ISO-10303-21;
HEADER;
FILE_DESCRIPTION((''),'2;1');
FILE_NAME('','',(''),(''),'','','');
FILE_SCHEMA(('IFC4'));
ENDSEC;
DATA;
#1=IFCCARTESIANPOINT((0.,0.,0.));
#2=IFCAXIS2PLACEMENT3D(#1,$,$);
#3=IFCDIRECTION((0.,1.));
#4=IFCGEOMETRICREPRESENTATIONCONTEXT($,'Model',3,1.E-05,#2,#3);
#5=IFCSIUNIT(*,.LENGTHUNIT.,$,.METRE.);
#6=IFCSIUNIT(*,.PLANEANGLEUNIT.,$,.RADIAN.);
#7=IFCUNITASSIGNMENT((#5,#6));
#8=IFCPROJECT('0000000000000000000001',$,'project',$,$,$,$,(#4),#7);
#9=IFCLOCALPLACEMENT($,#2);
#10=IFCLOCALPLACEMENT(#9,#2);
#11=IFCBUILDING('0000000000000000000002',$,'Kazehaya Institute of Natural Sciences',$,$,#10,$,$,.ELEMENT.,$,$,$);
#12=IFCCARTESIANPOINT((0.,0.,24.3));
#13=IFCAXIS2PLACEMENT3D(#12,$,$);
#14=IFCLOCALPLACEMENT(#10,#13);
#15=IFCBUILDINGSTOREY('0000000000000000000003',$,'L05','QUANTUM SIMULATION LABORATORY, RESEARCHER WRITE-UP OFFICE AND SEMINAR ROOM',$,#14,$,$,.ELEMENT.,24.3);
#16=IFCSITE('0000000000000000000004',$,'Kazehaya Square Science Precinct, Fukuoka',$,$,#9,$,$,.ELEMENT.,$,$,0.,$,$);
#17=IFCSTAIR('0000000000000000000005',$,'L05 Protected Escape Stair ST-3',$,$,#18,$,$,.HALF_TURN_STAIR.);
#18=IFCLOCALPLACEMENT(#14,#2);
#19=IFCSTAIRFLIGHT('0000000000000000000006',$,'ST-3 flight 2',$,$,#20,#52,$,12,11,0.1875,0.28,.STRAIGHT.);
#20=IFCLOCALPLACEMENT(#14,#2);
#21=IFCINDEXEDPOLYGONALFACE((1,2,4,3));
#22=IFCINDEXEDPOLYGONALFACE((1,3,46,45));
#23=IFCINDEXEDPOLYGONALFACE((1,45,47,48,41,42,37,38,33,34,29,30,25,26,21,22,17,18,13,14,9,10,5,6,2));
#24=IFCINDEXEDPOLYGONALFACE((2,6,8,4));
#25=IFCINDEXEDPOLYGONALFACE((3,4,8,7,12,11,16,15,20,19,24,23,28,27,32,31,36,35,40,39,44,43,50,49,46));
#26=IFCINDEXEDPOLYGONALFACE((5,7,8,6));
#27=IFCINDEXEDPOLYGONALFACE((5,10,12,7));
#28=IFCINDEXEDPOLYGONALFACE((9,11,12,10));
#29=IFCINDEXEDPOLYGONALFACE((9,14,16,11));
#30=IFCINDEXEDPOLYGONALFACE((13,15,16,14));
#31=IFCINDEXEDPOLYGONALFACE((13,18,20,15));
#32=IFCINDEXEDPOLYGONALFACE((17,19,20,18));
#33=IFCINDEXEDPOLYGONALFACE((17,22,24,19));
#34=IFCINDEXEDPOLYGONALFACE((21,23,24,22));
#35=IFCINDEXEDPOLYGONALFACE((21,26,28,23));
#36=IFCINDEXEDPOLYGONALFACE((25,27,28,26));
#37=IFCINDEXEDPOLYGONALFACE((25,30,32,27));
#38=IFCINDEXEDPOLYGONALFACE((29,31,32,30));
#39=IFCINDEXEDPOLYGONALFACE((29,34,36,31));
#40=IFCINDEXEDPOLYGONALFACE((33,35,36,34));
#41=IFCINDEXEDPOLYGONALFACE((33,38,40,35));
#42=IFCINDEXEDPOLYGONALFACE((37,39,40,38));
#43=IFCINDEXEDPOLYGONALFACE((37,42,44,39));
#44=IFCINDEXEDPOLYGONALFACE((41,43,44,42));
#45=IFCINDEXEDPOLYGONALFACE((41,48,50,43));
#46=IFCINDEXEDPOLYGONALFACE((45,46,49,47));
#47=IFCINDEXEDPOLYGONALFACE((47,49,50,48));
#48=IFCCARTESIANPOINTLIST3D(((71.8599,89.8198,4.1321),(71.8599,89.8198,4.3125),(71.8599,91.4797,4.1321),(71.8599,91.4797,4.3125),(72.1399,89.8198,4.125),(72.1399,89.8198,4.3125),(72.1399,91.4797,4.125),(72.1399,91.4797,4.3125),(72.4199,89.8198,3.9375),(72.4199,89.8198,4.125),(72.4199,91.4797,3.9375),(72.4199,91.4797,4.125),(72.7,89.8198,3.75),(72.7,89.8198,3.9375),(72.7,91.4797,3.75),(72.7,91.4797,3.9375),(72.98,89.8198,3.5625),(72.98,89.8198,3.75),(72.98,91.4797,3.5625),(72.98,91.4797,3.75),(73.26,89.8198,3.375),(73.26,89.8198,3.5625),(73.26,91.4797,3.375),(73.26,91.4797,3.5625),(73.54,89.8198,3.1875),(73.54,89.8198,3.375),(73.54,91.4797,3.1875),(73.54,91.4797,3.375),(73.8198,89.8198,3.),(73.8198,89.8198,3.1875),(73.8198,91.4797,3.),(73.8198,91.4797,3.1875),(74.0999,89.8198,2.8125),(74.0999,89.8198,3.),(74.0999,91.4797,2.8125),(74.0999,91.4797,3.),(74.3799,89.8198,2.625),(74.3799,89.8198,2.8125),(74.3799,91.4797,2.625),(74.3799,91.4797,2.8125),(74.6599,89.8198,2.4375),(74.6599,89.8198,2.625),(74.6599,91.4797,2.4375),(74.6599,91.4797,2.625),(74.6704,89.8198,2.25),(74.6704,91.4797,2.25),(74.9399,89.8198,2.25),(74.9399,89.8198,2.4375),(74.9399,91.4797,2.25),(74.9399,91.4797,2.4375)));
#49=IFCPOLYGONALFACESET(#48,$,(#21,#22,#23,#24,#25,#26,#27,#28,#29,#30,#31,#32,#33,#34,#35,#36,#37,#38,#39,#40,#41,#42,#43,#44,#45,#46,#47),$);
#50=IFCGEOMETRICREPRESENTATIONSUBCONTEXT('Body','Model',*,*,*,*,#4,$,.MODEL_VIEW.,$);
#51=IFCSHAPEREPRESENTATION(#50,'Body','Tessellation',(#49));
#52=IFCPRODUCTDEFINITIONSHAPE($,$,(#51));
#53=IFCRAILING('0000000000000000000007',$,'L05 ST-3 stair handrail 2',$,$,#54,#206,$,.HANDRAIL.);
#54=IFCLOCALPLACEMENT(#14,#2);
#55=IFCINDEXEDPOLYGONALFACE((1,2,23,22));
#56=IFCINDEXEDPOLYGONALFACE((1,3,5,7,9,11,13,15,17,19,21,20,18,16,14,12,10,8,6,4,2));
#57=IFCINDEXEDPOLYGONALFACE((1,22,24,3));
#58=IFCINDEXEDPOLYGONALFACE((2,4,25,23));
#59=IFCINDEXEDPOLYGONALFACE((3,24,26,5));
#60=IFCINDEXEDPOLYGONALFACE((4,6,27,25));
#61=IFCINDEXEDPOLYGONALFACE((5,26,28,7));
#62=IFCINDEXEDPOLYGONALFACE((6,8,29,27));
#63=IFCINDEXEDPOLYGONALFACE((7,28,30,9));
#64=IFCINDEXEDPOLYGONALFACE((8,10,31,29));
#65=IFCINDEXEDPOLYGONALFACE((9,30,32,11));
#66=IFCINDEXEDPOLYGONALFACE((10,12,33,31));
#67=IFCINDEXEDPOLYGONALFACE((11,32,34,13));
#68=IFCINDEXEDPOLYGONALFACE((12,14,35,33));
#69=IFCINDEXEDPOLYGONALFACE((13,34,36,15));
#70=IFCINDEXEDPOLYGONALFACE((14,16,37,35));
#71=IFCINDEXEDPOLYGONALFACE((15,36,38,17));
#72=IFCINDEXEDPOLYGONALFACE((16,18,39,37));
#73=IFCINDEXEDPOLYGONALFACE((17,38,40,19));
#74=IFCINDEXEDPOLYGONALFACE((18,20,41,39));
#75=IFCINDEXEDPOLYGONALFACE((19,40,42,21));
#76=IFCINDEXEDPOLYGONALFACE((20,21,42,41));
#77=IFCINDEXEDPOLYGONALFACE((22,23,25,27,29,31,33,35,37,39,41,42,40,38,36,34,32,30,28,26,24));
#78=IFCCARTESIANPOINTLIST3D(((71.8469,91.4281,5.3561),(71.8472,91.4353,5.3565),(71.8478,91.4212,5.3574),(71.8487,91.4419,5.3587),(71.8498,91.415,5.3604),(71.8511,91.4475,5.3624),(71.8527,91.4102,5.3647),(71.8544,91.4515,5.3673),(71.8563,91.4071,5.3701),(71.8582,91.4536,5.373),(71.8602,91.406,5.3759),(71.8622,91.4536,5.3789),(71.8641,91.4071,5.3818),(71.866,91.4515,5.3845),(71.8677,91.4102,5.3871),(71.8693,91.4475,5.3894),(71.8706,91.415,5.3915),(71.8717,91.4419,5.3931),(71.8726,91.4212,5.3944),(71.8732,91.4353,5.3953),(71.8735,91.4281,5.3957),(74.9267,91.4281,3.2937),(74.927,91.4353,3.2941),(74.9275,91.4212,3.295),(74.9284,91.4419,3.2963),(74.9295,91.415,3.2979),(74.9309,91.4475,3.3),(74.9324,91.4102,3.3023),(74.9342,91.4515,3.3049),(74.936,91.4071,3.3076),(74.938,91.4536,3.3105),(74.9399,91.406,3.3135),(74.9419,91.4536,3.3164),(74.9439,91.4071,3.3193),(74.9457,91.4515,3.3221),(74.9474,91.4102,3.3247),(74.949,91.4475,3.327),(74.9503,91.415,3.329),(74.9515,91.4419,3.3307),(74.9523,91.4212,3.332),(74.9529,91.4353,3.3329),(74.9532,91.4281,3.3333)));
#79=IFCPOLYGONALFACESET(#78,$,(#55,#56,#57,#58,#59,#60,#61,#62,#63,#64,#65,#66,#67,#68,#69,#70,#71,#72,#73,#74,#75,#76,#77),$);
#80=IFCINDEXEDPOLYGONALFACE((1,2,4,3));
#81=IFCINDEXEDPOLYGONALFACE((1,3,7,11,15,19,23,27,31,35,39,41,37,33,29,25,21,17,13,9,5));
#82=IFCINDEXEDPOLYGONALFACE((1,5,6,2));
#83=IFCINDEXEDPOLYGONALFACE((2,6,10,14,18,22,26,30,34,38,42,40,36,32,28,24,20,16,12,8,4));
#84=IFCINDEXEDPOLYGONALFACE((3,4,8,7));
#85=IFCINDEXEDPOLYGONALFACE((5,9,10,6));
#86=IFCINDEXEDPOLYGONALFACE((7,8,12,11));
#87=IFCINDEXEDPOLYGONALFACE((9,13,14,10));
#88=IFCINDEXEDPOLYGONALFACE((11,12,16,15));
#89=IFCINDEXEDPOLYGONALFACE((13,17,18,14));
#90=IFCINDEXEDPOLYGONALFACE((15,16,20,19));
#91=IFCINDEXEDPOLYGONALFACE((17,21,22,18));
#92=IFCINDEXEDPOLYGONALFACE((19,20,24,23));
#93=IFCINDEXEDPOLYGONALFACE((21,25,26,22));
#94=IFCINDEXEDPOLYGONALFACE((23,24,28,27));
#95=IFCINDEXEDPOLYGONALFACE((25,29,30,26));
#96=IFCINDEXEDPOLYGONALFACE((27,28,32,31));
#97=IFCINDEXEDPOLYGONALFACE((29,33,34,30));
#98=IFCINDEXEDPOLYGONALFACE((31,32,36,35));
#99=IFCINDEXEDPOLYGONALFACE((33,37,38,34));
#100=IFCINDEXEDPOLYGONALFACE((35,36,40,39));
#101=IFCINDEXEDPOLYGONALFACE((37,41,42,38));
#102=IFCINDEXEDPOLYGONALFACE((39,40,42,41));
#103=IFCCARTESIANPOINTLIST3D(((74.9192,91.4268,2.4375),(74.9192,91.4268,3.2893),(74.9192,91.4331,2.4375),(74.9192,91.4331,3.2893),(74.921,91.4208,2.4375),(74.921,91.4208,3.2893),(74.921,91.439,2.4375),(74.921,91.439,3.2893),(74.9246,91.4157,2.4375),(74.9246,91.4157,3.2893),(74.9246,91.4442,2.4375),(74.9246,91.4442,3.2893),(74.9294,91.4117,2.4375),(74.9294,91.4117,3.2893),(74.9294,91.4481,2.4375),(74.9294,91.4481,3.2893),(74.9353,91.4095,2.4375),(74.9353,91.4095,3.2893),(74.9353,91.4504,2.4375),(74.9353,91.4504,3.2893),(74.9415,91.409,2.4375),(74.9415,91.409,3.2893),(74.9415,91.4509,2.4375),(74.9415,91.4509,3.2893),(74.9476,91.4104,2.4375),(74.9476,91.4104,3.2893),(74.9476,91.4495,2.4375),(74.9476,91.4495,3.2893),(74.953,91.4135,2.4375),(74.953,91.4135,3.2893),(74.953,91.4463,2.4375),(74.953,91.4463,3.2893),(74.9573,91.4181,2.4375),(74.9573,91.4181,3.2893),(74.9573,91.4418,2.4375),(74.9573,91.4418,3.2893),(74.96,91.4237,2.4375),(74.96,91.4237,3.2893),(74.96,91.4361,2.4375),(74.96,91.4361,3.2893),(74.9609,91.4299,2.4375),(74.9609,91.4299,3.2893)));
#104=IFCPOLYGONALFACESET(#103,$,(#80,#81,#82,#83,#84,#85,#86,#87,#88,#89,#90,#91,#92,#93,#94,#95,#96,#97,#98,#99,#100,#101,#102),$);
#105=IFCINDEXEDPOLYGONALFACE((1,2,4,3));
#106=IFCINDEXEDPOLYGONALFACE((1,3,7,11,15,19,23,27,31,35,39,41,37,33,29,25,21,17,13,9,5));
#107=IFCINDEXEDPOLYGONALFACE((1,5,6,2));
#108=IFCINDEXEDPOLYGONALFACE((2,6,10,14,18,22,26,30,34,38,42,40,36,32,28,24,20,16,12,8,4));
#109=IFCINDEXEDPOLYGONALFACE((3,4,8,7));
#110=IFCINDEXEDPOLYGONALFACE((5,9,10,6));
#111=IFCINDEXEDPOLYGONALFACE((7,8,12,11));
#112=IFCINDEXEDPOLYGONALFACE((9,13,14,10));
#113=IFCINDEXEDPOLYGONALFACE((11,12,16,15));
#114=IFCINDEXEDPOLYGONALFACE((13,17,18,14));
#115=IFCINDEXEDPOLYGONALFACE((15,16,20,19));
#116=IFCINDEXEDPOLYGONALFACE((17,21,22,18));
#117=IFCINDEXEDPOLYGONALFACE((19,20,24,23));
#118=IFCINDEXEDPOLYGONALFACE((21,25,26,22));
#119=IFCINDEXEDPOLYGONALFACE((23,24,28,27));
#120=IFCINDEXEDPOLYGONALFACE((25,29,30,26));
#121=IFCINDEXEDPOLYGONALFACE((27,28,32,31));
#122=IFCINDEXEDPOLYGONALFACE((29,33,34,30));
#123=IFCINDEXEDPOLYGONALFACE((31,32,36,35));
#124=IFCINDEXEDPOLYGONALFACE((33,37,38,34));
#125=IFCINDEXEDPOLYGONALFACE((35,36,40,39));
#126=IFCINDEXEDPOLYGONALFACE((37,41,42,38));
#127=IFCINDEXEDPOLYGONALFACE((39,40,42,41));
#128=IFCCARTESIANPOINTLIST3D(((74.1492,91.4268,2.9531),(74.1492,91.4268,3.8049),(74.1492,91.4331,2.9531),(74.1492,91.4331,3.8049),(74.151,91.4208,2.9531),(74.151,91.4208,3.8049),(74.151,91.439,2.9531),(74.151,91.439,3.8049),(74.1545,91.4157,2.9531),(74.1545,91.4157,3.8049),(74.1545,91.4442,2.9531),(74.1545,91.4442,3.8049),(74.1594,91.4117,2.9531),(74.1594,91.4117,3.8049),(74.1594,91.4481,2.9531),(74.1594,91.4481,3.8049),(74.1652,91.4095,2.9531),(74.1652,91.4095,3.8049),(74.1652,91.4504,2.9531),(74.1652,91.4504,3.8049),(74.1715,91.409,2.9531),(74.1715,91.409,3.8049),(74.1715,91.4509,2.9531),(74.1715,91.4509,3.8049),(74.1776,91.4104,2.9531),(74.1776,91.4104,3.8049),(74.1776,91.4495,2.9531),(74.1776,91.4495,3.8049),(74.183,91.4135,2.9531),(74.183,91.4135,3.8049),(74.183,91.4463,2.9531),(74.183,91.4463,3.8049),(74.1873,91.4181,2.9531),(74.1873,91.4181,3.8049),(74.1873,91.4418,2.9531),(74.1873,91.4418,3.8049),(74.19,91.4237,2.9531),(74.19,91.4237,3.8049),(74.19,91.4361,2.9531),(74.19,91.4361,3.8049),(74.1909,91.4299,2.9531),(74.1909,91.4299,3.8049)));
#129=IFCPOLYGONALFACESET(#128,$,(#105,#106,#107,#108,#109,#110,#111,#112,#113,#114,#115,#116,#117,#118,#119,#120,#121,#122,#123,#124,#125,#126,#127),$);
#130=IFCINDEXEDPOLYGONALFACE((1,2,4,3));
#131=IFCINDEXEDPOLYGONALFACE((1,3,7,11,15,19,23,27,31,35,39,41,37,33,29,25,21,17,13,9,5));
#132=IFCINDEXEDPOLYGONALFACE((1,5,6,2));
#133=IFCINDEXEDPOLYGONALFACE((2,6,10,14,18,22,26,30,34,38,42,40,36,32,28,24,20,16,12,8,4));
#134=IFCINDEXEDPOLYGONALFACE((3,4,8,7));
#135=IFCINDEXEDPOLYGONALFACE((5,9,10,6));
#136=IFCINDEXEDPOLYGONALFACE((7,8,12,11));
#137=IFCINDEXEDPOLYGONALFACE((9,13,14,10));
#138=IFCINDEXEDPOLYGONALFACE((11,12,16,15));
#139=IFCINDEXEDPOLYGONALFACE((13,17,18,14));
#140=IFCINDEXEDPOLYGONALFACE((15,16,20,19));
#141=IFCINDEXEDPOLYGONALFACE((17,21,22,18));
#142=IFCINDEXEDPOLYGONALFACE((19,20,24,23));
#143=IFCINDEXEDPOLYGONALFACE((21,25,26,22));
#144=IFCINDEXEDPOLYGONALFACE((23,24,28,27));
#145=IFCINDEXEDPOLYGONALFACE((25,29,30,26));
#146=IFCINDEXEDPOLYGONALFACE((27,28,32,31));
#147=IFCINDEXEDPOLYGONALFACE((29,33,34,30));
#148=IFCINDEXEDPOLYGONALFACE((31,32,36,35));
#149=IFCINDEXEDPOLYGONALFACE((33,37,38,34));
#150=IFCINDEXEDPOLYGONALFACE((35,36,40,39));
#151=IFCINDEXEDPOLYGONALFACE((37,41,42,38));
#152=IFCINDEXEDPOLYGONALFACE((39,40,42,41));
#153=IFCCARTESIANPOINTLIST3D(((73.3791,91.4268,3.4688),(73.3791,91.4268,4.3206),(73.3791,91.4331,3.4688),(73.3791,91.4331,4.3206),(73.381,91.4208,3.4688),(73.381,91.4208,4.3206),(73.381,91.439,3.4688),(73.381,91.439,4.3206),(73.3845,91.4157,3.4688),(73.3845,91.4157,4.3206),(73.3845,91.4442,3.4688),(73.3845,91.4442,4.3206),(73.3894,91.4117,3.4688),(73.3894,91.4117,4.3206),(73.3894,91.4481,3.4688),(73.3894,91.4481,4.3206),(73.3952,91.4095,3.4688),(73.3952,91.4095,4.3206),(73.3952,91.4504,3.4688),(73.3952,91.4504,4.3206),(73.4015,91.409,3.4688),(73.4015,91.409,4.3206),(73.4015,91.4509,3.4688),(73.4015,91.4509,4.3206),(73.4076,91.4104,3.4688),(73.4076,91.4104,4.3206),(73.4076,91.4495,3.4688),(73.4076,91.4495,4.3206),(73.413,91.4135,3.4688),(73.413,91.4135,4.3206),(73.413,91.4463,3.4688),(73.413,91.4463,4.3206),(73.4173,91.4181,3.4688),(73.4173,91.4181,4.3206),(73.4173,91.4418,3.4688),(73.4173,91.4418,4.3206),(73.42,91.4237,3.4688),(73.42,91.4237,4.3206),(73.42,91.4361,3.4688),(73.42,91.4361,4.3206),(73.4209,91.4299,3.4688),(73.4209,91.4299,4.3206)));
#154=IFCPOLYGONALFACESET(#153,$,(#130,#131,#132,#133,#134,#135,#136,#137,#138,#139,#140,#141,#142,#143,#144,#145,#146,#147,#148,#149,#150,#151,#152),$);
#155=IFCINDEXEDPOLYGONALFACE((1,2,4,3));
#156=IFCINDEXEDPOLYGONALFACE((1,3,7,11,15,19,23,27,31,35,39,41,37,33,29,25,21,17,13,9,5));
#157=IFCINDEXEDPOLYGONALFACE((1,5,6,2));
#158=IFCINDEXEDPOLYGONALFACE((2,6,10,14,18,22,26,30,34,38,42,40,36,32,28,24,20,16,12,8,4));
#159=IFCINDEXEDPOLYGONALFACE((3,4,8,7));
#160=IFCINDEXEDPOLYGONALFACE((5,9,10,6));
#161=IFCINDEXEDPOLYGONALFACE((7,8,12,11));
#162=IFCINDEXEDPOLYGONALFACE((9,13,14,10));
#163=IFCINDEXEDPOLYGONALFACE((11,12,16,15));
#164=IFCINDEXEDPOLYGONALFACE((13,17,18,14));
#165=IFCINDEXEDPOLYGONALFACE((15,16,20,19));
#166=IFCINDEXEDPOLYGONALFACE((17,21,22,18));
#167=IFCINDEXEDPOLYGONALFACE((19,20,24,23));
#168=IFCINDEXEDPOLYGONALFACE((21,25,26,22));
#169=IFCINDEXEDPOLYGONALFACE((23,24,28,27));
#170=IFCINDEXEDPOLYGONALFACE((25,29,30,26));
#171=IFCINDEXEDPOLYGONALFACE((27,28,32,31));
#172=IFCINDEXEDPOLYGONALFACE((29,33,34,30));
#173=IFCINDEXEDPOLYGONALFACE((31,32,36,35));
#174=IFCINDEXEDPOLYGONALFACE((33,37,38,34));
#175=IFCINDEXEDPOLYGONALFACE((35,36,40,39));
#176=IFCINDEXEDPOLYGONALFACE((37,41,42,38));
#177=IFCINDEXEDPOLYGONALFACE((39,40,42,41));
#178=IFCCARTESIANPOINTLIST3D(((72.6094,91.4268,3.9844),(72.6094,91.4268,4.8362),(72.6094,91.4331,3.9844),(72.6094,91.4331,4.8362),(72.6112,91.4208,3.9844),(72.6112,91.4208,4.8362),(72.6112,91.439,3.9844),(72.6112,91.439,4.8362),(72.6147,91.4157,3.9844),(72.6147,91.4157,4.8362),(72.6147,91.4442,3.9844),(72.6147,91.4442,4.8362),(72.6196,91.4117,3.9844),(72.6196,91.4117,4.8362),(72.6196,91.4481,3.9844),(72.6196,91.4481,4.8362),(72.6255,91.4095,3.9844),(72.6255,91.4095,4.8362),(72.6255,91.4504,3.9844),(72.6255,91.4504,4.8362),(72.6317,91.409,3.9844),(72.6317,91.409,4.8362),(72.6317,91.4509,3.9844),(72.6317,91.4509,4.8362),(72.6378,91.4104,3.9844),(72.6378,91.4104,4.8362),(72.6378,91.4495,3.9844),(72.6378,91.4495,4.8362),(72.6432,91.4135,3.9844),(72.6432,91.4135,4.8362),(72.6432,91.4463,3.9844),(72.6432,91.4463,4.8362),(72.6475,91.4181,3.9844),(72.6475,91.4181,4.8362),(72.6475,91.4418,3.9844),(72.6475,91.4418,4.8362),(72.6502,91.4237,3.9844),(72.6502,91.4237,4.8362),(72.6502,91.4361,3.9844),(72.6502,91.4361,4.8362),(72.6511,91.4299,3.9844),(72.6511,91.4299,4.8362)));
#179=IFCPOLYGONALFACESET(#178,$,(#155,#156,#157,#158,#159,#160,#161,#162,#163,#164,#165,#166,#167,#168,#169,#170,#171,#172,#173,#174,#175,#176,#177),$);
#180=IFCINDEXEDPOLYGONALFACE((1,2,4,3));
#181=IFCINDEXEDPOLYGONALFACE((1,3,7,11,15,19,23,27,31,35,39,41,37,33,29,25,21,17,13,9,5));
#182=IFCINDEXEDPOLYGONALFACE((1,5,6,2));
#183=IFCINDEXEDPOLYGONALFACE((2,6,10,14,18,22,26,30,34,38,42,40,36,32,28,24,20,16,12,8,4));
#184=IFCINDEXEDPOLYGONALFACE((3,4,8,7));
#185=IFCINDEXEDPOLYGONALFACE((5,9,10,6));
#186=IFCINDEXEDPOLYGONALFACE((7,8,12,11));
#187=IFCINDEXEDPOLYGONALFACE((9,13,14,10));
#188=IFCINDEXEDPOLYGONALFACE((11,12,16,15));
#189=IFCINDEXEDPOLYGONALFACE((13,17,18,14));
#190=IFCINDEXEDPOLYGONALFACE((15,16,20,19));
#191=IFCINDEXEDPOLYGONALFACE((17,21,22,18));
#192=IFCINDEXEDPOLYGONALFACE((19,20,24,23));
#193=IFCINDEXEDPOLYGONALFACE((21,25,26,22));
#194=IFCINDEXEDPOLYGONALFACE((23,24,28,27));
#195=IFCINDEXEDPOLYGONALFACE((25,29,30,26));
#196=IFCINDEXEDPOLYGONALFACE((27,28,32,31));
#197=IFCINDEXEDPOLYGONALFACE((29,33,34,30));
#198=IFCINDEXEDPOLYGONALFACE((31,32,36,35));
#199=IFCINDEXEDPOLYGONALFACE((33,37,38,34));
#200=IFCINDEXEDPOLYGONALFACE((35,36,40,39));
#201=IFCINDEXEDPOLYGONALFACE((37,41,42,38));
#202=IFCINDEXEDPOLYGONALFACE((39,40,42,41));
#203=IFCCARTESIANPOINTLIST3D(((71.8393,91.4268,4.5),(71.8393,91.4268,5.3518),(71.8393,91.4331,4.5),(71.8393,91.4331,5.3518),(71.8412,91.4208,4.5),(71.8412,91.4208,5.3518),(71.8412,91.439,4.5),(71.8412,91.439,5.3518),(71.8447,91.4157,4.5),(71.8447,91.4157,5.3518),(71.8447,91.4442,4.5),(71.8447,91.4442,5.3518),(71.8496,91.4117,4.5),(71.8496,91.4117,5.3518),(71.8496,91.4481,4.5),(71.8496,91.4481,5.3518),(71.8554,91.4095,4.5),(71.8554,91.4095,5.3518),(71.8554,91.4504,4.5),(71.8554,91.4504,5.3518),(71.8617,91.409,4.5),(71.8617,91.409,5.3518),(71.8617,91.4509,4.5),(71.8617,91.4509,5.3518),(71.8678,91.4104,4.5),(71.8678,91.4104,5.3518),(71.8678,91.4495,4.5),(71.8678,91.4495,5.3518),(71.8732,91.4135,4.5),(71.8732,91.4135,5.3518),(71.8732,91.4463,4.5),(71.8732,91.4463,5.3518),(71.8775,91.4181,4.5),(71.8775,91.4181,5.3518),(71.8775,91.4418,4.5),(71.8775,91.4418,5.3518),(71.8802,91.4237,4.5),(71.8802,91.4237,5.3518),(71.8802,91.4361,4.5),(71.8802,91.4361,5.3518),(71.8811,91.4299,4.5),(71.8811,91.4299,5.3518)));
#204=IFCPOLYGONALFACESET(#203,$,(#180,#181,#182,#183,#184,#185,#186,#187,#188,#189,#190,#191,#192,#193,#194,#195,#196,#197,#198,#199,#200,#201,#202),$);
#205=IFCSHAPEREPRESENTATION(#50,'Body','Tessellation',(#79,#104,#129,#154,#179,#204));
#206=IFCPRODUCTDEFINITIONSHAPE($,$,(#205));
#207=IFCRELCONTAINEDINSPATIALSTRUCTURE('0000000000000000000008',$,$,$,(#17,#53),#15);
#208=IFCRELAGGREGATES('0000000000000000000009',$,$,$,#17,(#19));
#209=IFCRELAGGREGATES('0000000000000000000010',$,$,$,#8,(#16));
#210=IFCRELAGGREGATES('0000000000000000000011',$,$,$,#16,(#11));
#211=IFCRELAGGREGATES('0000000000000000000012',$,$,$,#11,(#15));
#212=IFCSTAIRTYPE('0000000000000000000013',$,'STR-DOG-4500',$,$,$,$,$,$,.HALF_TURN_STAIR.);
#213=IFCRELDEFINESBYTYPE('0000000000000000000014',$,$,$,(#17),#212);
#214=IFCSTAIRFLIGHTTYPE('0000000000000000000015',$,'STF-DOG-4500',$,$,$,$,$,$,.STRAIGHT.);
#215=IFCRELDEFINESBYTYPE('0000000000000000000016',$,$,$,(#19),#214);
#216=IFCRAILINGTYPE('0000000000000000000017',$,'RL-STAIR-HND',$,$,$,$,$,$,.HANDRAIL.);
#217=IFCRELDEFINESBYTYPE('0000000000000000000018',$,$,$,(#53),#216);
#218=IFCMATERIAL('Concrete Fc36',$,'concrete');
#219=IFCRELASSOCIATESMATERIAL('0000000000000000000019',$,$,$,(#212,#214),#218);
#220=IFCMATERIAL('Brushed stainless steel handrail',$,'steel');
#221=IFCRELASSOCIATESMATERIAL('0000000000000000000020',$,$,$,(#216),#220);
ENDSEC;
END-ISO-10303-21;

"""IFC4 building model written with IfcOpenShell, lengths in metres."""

from ifc_helpers import new_model, si_unit, direction, frame, origin, origin_2d, place, context, subcontext, project, spatial, polyline, circle, outline, extrude, material, type_object, element, aggregate, save


model = new_model("IFC4")

# Units and contexts
model_context = context("Model", 3, precision=1e-05, world=origin(), true_north=direction((0.0, 1.0)))
body_context = subcontext(model_context, "Body", "Model", "MODEL_VIEW")
ifc_project = project(units=[si_unit("LENGTHUNIT", "METRE"), si_unit("PLANEANGLEUNIT", "RADIAN")], contexts=[model_context])

# Site, building, storey
site_placement = place(None, origin())
site = spatial("IfcSite", under=ifc_project, at=site_placement, Name="Kazehaya Square Science Precinct, Fukuoka", CompositionType="ELEMENT", RefElevation=0.0)
building_placement = place(site_placement, origin())
building = spatial("IfcBuilding", under=site, at=building_placement, Name="Kazehaya Institute of Natural Sciences", CompositionType="ELEMENT")
storey_placement = place(building_placement, frame((0.0, 0.0, 24.3)))
storey = spatial("IfcBuildingStorey", under=building, at=storey_placement, Name="L05", Description="QUANTUM SIMULATION LABORATORY, RESEARCHER WRITE-UP OFFICE AND SEMINAR ROOM", CompositionType="ELEMENT", Elevation=24.3)

# Shared definitions
ifc_material_1 = material(Name="Concrete Fc36", Category="concrete")

# Stair, stair flight
stair_type = type_object("IfcStairType", Name="STR-DOG-4500", PredefinedType="HALF_TURN_STAIR", material=ifc_material_1)
stair_placement = place(storey_placement, origin())
stair = element("IfcStair", 1, at=stair_placement, inside=storey, type_object=stair_type, Name="L05 Protected Escape Stair ST-3", PredefinedType="HALF_TURN_STAIR")
stair_flight_type = type_object("IfcStairFlightType", Name="STF-DOG-4500", PredefinedType="STRAIGHT", material=ifc_material_1)
stair_flight_placement = place(storey_placement, frame((74.9399, 90.6499, 2.25), z_axis=(0.0, 0.0, 1.0), x_axis=(-1.0, 0.0, 0.0)))
stair_flight = element("IfcStairFlight", 2, at=stair_flight_placement, type_object=stair_flight_type, Name="ST-3 flight 2", NumberOfRisers=12, NumberOfTreads=11, PredefinedType="STRAIGHT", RiserHeight=0.1875, TreadLength=0.28, context=body_context, shape_type="SweptSolid", body=[
    extrude(outline(polyline([(0.0, 0.0), (0.0, 0.1875), (0.28, 0.1875), (0.28, 0.375), (0.5601, 0.375), (0.5601, 0.5625), (0.8401, 0.5625), (0.8401, 0.75), (1.1201, 0.75), (1.1201, 0.9375), (1.3999, 0.9375), (1.3999, 1.125), (1.6799, 1.125), (1.6799, 1.3125), (1.96, 1.3125), (1.96, 1.5), (2.24, 1.5), (2.24, 1.6875), (2.52, 1.6875), (2.52, 1.875), (2.8, 1.875), (2.8, 2.0625), (3.0801, 2.0625), (3.0801, 2.25), (3.0801, 1.8821), (0.2695, 0.0), (0.0, 0.0)])), frame((0.0, 0.8301, 0.0), z_axis=(0.0, -1.0, 0.0), x_axis=(1.0, 0.0, 0.0)), (0.0, 0.0, 1.0), 1.6599),
])
aggregate(stair, [stair_flight])

# Railing
ifc_material_2 = material(Name="Brushed stainless steel handrail", Category="steel")
railing_type = type_object("IfcRailingType", Name="RL-STAIR-HND", PredefinedType="HANDRAIL", material=ifc_material_2)
railing_placement = place(storey_placement, frame((74.9399, 91.4299, 2.4375)))
element("IfcRailing", 3, at=railing_placement, inside=storey, type_object=railing_type, Name="L05 ST-3 stair handrail 2", PredefinedType="HANDRAIL", context=body_context, shape_type="SweptSolid", body=[
    extrude(circle(Radius=0.0239, at=origin_2d()), frame((0.0, 0.0, 0.876), z_axis=(-0.830893, 0.0, 0.556432), x_axis=(0.0, -1.0, 0.0)), (0.0, 0.0, 1.0), 3.7065),
    extrude(circle(Radius=0.021, at=origin_2d()), origin(), (0.0, 0.0, 1.0), 0.8518),
    extrude(circle(Radius=0.021, at=origin_2d()), frame((-0.77, 0.0, 0.5156)), (0.0, 0.0, 1.0), 0.8518),
    extrude(circle(Radius=0.021, at=origin_2d()), frame((-1.54, 0.0, 1.0312)), (0.0, 0.0, 1.0), 0.8518),
    extrude(circle(Radius=0.021, at=origin_2d()), frame((-2.3098, 0.0, 1.5469)), (0.0, 0.0, 1.0), 0.8518),
    extrude(circle(Radius=0.021, at=origin_2d()), frame((-3.0798, 0.0, 2.0625)), (0.0, 0.0, 1.0), 0.8518),
])

save(model, "model.ifc")
